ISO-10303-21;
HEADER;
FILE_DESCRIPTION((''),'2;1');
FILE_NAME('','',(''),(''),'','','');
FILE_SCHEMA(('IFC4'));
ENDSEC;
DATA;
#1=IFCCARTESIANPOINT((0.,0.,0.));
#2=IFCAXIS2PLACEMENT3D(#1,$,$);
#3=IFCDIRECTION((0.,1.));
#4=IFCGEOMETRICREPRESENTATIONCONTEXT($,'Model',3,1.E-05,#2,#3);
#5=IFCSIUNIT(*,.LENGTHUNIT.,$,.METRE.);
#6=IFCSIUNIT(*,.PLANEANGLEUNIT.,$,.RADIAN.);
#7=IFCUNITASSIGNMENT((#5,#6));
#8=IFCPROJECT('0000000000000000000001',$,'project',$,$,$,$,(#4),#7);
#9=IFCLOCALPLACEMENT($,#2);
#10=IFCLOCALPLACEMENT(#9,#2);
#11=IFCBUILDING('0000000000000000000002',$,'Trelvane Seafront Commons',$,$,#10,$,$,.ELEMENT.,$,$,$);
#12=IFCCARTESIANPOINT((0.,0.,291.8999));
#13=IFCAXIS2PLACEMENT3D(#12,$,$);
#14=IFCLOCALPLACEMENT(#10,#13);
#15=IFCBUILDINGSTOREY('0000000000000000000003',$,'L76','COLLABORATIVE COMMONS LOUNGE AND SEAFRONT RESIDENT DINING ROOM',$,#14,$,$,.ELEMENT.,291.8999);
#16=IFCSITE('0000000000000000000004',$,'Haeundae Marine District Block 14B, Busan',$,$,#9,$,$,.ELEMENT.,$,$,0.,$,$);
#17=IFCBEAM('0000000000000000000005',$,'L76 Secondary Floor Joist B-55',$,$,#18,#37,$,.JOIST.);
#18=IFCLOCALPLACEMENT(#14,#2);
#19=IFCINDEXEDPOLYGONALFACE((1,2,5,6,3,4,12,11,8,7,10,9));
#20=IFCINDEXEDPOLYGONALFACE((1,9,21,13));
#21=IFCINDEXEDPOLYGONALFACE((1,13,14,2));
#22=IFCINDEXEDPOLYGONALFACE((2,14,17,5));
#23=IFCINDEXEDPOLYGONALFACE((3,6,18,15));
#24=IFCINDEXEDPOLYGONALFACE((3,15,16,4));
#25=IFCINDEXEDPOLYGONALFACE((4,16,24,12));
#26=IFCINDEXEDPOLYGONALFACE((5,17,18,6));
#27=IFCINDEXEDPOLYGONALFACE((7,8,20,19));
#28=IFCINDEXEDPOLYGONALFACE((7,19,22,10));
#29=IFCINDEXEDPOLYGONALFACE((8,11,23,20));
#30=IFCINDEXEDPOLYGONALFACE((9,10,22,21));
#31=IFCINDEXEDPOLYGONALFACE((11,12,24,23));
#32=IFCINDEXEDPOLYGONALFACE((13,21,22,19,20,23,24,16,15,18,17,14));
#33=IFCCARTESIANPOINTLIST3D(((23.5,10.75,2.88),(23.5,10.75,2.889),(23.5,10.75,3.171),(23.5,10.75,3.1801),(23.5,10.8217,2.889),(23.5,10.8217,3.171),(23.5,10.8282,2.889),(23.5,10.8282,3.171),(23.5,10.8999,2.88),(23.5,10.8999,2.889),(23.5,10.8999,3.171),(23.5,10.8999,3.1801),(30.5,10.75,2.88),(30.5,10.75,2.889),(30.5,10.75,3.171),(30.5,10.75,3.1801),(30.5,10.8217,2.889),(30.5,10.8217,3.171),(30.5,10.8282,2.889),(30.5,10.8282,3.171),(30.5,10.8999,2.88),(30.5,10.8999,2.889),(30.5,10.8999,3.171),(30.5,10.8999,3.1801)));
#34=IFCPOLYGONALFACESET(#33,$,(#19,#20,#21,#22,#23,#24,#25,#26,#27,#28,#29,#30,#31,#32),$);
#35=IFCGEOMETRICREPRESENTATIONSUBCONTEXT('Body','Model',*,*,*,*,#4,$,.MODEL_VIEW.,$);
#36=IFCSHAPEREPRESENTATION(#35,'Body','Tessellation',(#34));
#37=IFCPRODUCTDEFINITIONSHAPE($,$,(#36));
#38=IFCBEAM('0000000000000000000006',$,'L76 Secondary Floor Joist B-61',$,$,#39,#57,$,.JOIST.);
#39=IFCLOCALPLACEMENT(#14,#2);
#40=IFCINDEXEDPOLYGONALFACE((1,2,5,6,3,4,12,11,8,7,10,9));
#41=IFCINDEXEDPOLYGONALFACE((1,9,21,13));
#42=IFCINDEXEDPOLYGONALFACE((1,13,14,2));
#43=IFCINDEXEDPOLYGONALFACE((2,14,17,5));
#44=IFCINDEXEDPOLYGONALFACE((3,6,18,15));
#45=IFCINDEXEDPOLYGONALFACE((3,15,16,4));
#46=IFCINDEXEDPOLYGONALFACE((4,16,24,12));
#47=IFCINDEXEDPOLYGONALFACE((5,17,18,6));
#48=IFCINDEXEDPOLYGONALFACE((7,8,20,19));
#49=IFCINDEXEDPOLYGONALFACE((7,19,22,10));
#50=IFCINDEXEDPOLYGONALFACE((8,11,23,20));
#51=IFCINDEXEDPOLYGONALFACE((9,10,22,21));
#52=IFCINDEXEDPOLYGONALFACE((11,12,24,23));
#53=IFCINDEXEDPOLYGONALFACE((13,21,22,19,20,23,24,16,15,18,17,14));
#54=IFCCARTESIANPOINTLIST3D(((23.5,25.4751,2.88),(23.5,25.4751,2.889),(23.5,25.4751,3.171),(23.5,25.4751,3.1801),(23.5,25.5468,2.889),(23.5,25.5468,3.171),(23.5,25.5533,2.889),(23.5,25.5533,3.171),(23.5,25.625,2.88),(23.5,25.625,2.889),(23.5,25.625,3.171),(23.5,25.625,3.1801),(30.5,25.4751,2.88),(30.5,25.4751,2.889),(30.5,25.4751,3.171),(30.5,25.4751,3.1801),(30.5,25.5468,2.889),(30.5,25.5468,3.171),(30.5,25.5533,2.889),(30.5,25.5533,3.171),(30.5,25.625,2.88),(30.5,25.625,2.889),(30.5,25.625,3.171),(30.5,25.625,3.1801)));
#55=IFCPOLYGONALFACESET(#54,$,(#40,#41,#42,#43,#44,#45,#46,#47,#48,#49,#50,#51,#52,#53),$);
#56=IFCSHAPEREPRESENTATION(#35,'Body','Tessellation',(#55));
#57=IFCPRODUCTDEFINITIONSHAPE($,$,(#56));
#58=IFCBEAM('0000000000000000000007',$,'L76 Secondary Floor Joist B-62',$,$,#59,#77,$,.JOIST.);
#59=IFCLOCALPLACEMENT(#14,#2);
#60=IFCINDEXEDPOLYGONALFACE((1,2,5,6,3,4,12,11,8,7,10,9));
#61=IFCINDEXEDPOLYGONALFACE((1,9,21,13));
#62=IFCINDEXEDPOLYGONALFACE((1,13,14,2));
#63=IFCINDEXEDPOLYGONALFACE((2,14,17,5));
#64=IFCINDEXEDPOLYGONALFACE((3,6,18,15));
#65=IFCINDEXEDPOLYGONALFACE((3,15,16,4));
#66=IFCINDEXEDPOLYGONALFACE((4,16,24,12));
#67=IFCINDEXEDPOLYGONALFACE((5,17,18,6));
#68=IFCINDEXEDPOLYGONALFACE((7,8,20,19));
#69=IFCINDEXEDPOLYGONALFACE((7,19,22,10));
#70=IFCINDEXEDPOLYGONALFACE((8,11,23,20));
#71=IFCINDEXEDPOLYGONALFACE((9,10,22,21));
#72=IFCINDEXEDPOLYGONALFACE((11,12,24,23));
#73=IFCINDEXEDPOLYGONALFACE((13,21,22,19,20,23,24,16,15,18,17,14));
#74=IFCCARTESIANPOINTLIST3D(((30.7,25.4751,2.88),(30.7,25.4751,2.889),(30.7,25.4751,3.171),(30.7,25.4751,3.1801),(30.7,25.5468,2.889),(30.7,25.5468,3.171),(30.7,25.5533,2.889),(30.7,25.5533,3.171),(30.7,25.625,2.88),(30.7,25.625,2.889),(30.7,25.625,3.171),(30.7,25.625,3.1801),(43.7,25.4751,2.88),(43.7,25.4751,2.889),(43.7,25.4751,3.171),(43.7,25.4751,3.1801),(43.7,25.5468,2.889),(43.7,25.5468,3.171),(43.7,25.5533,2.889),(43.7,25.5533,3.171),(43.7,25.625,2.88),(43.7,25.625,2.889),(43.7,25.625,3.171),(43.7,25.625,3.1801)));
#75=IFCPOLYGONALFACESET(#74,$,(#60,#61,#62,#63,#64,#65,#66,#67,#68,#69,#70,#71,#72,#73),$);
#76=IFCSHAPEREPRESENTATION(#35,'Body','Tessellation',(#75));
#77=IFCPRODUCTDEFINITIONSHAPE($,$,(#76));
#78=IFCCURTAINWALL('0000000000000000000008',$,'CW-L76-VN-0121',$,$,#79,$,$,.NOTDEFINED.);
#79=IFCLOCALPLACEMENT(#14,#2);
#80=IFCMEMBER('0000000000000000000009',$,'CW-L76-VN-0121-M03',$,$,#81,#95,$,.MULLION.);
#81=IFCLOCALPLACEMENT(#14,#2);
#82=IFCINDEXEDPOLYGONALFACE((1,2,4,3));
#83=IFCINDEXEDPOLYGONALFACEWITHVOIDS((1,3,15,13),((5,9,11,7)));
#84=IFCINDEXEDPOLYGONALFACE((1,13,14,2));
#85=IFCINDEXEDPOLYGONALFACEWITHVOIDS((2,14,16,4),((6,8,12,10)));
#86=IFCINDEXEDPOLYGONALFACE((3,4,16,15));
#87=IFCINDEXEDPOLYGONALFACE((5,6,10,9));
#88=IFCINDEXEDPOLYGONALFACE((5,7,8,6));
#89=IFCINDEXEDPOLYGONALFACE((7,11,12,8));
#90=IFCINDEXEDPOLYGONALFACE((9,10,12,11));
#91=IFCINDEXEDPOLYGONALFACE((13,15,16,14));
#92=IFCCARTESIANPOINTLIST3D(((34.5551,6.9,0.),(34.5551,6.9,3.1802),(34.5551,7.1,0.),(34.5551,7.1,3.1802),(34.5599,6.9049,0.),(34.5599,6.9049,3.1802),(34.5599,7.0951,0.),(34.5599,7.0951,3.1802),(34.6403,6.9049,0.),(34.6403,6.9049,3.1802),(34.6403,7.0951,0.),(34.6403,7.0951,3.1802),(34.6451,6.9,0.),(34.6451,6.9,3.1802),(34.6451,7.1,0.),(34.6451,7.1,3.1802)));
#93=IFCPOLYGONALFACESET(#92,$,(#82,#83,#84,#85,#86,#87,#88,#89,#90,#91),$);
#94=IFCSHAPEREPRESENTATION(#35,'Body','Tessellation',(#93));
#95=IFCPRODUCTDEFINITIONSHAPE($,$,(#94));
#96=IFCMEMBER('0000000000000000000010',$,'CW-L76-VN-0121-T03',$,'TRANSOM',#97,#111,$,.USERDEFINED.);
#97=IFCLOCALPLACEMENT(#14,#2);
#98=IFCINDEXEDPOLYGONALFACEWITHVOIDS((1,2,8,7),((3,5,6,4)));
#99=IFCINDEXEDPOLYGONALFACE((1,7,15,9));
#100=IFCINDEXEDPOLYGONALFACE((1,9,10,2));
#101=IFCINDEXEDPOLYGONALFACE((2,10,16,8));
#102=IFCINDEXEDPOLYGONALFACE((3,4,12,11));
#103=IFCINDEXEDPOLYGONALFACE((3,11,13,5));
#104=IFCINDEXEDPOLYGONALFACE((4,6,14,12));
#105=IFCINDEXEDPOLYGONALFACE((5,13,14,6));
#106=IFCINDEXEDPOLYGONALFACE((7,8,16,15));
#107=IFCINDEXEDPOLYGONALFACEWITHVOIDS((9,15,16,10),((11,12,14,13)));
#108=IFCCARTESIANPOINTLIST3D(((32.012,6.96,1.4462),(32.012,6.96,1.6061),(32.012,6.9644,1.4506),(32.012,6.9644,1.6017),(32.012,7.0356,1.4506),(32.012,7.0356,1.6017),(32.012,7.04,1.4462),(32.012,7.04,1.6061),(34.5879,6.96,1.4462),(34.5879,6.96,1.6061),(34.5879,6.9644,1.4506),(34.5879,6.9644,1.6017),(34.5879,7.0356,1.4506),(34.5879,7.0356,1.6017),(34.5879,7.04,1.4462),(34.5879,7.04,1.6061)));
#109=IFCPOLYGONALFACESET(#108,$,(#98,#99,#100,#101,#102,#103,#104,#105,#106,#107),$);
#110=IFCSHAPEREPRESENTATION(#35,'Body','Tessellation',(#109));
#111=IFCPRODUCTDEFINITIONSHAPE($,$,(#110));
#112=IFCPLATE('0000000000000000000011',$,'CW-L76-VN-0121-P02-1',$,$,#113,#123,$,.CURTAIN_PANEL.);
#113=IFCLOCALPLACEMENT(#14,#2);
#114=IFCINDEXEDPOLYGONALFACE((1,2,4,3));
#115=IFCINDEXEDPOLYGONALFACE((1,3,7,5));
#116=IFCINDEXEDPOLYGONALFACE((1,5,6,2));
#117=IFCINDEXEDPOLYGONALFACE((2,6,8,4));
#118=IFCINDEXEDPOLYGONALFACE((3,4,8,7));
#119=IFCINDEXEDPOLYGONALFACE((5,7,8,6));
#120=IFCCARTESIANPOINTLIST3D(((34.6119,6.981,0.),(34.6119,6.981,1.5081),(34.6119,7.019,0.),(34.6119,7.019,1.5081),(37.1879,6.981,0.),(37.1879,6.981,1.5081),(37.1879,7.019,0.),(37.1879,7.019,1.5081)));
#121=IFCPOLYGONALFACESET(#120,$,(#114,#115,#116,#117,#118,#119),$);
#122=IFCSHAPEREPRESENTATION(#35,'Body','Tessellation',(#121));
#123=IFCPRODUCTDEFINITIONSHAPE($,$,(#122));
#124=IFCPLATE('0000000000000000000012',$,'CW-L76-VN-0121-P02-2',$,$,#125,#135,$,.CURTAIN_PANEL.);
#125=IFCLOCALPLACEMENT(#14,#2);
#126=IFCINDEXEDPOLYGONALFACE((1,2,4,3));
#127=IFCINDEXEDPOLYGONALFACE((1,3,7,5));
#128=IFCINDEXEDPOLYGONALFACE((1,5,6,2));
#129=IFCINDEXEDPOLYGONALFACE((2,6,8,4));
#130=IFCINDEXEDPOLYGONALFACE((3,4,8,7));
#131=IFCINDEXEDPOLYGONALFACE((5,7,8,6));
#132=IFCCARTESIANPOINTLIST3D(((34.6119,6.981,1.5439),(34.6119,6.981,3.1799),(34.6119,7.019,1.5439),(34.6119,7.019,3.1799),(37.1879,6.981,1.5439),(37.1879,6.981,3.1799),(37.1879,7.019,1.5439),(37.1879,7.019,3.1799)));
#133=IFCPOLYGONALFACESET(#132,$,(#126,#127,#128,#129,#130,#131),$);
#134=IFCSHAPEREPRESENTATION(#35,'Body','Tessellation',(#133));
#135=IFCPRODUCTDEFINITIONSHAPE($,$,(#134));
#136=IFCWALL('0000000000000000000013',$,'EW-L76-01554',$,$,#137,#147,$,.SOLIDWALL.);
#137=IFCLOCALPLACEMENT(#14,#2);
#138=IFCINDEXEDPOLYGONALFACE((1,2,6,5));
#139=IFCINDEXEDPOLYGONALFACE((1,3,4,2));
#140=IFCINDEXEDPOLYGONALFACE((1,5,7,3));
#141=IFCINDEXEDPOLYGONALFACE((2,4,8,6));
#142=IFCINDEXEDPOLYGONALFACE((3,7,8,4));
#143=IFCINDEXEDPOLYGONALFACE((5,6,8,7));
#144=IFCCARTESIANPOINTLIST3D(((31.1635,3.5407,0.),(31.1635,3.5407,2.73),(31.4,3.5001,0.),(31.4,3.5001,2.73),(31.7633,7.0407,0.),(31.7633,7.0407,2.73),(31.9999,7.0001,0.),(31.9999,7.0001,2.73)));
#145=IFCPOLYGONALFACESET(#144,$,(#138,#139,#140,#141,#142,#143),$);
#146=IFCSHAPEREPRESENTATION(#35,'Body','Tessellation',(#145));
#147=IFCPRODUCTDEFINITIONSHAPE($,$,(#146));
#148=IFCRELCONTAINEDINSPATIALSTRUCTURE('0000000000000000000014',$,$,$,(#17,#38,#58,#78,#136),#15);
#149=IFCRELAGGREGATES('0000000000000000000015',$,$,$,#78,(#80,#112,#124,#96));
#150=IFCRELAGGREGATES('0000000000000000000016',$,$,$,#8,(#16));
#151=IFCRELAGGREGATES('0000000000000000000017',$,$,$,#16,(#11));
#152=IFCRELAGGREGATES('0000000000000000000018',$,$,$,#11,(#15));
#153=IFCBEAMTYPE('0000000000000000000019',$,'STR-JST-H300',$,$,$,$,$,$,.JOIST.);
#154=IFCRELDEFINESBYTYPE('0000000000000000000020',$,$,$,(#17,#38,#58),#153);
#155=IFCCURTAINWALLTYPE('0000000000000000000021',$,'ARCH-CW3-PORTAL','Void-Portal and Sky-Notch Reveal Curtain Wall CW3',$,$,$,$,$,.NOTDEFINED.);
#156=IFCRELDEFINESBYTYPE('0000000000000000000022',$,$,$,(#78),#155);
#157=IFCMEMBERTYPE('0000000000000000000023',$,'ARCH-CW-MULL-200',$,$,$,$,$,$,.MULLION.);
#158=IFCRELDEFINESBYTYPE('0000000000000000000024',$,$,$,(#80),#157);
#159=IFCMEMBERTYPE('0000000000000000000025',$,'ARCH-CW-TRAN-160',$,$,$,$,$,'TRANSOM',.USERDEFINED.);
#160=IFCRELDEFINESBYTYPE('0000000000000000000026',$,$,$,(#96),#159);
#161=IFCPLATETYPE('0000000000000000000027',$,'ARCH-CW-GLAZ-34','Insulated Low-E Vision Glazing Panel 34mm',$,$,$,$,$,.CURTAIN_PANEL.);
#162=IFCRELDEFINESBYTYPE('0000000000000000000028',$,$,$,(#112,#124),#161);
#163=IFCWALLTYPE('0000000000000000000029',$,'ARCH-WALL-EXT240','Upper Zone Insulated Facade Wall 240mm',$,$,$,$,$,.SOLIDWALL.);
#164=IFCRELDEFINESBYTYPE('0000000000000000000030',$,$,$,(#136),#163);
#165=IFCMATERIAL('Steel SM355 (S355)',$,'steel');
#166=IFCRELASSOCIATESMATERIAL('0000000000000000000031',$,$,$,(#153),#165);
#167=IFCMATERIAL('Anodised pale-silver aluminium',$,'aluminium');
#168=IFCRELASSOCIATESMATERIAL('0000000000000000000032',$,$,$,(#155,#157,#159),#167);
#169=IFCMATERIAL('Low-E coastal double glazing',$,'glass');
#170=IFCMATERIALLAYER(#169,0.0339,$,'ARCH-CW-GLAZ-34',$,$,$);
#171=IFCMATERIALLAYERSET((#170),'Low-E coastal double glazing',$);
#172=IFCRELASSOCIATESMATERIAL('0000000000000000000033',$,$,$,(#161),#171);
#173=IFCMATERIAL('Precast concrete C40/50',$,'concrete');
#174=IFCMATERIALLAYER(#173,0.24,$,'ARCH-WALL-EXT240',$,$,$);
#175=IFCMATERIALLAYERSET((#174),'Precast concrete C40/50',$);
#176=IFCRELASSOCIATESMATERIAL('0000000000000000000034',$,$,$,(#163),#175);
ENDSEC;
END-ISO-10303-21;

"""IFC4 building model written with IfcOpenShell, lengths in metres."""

from ifc_helpers import new_model, si_unit, direction, frame, frame_2d, origin, origin_2d, place, context, subcontext, project, spatial, rectangle, hollow_rectangle, i_section, extrude, source, transform, mapped, material, layer, layer_set, material_profile, profile_set, type_object, element, aggregate, save


model = new_model("IFC4")

# Units and contexts
model_context = context("Model", 3, precision=1e-05, world=origin(), true_north=direction((0.0, 1.0)))
body_context = subcontext(model_context, "Body", "Model", "MODEL_VIEW")
ifc_project = project(units=[si_unit("LENGTHUNIT", "METRE"), si_unit("PLANEANGLEUNIT", "RADIAN")], contexts=[model_context])

# Site, building, storey
site_placement = place(None, origin())
site = spatial("IfcSite", under=ifc_project, at=site_placement, Name="Haeundae Marine District Block 14B, Busan", CompositionType="ELEMENT", RefElevation=0.0)
building_placement = place(site_placement, origin())
building = spatial("IfcBuilding", under=site, at=building_placement, Name="Trelvane Seafront Commons", CompositionType="ELEMENT")
storey_placement = place(building_placement, frame((0.0, 0.0, 291.8999)))
storey = spatial("IfcBuildingStorey", under=building, at=storey_placement, Name="L76", Description="COLLABORATIVE COMMONS LOUNGE AND SEAFRONT RESIDENT DINING ROOM", CompositionType="ELEMENT", Elevation=291.8999)

# Shared definitions
ifc_material_1 = material(Name="Steel SM355 (S355)", Category="steel")

# Beams
ifc_material_profile_1 = material_profile(ifc_material_1, i_section(OverallWidth=0.1499, OverallDepth=0.3, WebThickness=0.0066, FlangeThickness=0.009, at=origin_2d()), Name="H-300x150x6.5x9")
ifc_profile_set_1 = profile_set([ifc_material_profile_1], Name="Steel SM355 (S355)")
beam_type_1 = type_object("IfcBeamType", Name="STR-JST-H300", PredefinedType="JOIST", material=ifc_profile_set_1)
shared_shape_1 = source(origin(), body_context, "Body", "SweptSolid", [
    extrude(i_section(OverallWidth=0.1499, OverallDepth=0.3, WebThickness=0.0066, FlangeThickness=0.009, at=origin_2d()), origin(), (0.0, 0.0, 1.0), 7.0),
])
for number, where, z_axis, x_axis, name in (
    (1, (23.5, 10.825, 3.03), (1.0, 0.0, 0.0), (0.0, 1.0, 0.0), "L76 Secondary Floor Joist B-55"),
    (2, (23.5, 25.55, 3.03), (1.0, 0.0, 0.0), (0.0, 1.0, 0.0), "L76 Secondary Floor Joist B-61"),
):
    element("IfcBeam", number, at=place(storey_placement, frame(where, z_axis=z_axis, x_axis=x_axis)), inside=storey, type_object=beam_type_1, Name=name, PredefinedType="JOIST", context=body_context, shape_type="MappedRepresentation", body=[
        mapped(shared_shape_1, transform((0.0, 0.0, 0.0), x_axis=(1.0, 0.0, 0.0), y_axis=(0.0, 1.0, 0.0), z_axis=(0.0, 0.0, 1.0), scale=1.0)),
    ])
shared_shape_2 = source(origin(), body_context, "Body", "SweptSolid", [
    extrude(i_section(OverallWidth=0.1499, OverallDepth=0.3, WebThickness=0.0066, FlangeThickness=0.009, at=origin_2d()), origin(), (0.0, 0.0, 1.0), 13.0),
])
beam_1_placement = place(storey_placement, frame((30.7, 25.55, 3.03), z_axis=(1.0, 0.0, 0.0), x_axis=(0.0, 1.0, 0.0)))
element("IfcBeam", 3, at=beam_1_placement, inside=storey, type_object=beam_type_1, Name="L76 Secondary Floor Joist B-62", PredefinedType="JOIST", context=body_context, shape_type="MappedRepresentation", body=[
    mapped(shared_shape_2, transform((0.0, 0.0, 0.0), x_axis=(1.0, 0.0, 0.0), y_axis=(0.0, 1.0, 0.0), z_axis=(0.0, 0.0, 1.0), scale=1.0)),
])

# Curtain wall, members, plates
ifc_material_2 = material(Name="Anodised pale-silver aluminium", Category="aluminium")
curtain_wall_type = type_object("IfcCurtainWallType", Name="ARCH-CW3-PORTAL", Description="Void-Portal and Sky-Notch Reveal Curtain Wall CW3", PredefinedType="NOTDEFINED", material=ifc_material_2)
curtain_wall_placement = place(storey_placement, origin())
curtain_wall = element("IfcCurtainWall", 4, at=curtain_wall_placement, inside=storey, type_object=curtain_wall_type, Name="CW-L76-VN-0121", PredefinedType="NOTDEFINED")
ifc_material_profile_2 = material_profile(ifc_material_2, hollow_rectangle(XDim=0.0901, YDim=0.2, WallThickness=0.0049, at=origin_2d()), Name="MULL-90x200x5")
ifc_profile_set_2 = profile_set([ifc_material_profile_2], Name="Anodised pale-silver aluminium")
member_type_1 = type_object("IfcMemberType", Name="ARCH-CW-MULL-200", PredefinedType="MULLION", material=ifc_profile_set_2)
shared_shape_3 = source(origin(), body_context, "Body", "SweptSolid", [
    extrude(hollow_rectangle(XDim=0.0901, YDim=0.2, WallThickness=0.0049, at=origin_2d()), origin(), (0.0, 0.0, 1.0), 3.1802),
])
member_1_placement = place(storey_placement, frame((34.6001, 7.0, 0.0), z_axis=(0.0, 0.0, 1.0), x_axis=(1.0, 0.0, 0.0)))
member_1 = element("IfcMember", 5, at=member_1_placement, type_object=member_type_1, Name="CW-L76-VN-0121-M03", PredefinedType="MULLION", context=body_context, shape_type="MappedRepresentation", body=[
    mapped(shared_shape_3, transform((0.0, 0.0, 0.0), x_axis=(1.0, 0.0, 0.0), y_axis=(0.0, 1.0, 0.0), z_axis=(0.0, 0.0, 1.0), scale=1.0)),
])
ifc_material_profile_3 = material_profile(ifc_material_2, hollow_rectangle(XDim=0.0801, YDim=0.1599, WallThickness=0.0044, at=origin_2d()), Name="TRAN-80x160x4.5")
ifc_profile_set_3 = profile_set([ifc_material_profile_3], Name="Anodised pale-silver aluminium")
member_type_2 = type_object("IfcMemberType", Name="ARCH-CW-TRAN-160", ElementType="TRANSOM", PredefinedType="USERDEFINED", material=ifc_profile_set_3)
shared_shape_4 = source(origin(), body_context, "Body", "SweptSolid", [
    extrude(hollow_rectangle(XDim=0.0801, YDim=0.1599, WallThickness=0.0044, at=origin_2d()), origin(), (0.0, 0.0, 1.0), 2.5759),
])
member_2_placement = place(storey_placement, frame((34.5879, 7.0, 1.5261), z_axis=(-1.0, 0.0, 0.0), x_axis=(0.0, -1.0, 0.0)))
member_2 = element("IfcMember", 6, at=member_2_placement, type_object=member_type_2, Name="CW-L76-VN-0121-T03", ObjectType="TRANSOM", PredefinedType="USERDEFINED", context=body_context, shape_type="MappedRepresentation", body=[
    mapped(shared_shape_4, transform((0.0, 0.0, 0.0), x_axis=(1.0, 0.0, 0.0), y_axis=(0.0, 1.0, 0.0), z_axis=(0.0, 0.0, 1.0), scale=1.0)),
])
ifc_material_3 = material(Name="Low-E coastal double glazing", Category="glass")
ifc_layer_1 = layer(ifc_material_3, 0.0339, Name="ARCH-CW-GLAZ-34")
ifc_layer_set_1 = layer_set([ifc_layer_1], Name="Low-E coastal double glazing")
plate_type = type_object("IfcPlateType", Name="ARCH-CW-GLAZ-34", Description="Insulated Low-E Vision Glazing Panel 34mm", PredefinedType="CURTAIN_PANEL", material=ifc_layer_set_1)
shared_shape_5 = source(origin(), body_context, "Body", "SweptSolid", [
    extrude(rectangle(XDim=2.5759, YDim=0.0381, at=origin_2d()), origin(), (0.0, 0.0, 1.0), 1.5081),
])
plate_1_placement = place(storey_placement, frame((35.8999, 7.0, 0.0), z_axis=(0.0, 0.0, 1.0), x_axis=(-1.0, 0.0, 0.0)))
plate_1 = element("IfcPlate", 7, at=plate_1_placement, type_object=plate_type, Name="CW-L76-VN-0121-P02-1", PredefinedType="CURTAIN_PANEL", context=body_context, shape_type="MappedRepresentation", body=[
    mapped(shared_shape_5, transform((0.0, 0.0, 0.0), x_axis=(1.0, 0.0, 0.0), y_axis=(0.0, 1.0, 0.0), z_axis=(0.0, 0.0, 1.0), scale=1.0)),
])
shared_shape_6 = source(origin(), body_context, "Body", "SweptSolid", [
    extrude(rectangle(XDim=2.5759, YDim=0.0381, at=origin_2d()), origin(), (0.0, 0.0, 1.0), 1.636),
])
plate_2_placement = place(storey_placement, frame((35.8999, 7.0, 1.5439), z_axis=(0.0, 0.0, 1.0), x_axis=(-1.0, 0.0, 0.0)))
plate_2 = element("IfcPlate", 8, at=plate_2_placement, type_object=plate_type, Name="CW-L76-VN-0121-P02-2", PredefinedType="CURTAIN_PANEL", context=body_context, shape_type="MappedRepresentation", body=[
    mapped(shared_shape_6, transform((0.0, 0.0, 0.0), x_axis=(1.0, 0.0, 0.0), y_axis=(0.0, 1.0, 0.0), z_axis=(0.0, 0.0, 1.0), scale=1.0)),
])
aggregate(curtain_wall, [member_1, plate_1, plate_2, member_2])

# Wall
ifc_material_4 = material(Name="Precast concrete C40/50", Category="concrete")
ifc_layer_2 = layer(ifc_material_4, 0.24, Name="ARCH-WALL-EXT240")
ifc_layer_set_2 = layer_set([ifc_layer_2], Name="Precast concrete C40/50")
wall_type_1 = type_object("IfcWallType", Name="ARCH-WALL-EXT240", Description="Upper Zone Insulated Facade Wall 240mm", PredefinedType="SOLIDWALL", material=ifc_layer_set_2)
wall_1_placement = place(storey_placement, frame((31.8816, 7.0203, 0.0), z_axis=(0.0, 0.0, 1.0), x_axis=(-0.168924, -0.985629, 0.0)))
element("IfcWall", 9, at=wall_1_placement, inside=storey, type_object=wall_type_1, Name="EW-L76-01554", PredefinedType="SOLIDWALL", context=body_context, shape_type="SweptSolid", body=[
    extrude(rectangle(XDim=3.551, YDim=0.24, at=frame_2d((1.7754, 0.0))), origin(), (0.0, 0.0, 1.0), 2.73),
])

save(model, "model.ifc")
